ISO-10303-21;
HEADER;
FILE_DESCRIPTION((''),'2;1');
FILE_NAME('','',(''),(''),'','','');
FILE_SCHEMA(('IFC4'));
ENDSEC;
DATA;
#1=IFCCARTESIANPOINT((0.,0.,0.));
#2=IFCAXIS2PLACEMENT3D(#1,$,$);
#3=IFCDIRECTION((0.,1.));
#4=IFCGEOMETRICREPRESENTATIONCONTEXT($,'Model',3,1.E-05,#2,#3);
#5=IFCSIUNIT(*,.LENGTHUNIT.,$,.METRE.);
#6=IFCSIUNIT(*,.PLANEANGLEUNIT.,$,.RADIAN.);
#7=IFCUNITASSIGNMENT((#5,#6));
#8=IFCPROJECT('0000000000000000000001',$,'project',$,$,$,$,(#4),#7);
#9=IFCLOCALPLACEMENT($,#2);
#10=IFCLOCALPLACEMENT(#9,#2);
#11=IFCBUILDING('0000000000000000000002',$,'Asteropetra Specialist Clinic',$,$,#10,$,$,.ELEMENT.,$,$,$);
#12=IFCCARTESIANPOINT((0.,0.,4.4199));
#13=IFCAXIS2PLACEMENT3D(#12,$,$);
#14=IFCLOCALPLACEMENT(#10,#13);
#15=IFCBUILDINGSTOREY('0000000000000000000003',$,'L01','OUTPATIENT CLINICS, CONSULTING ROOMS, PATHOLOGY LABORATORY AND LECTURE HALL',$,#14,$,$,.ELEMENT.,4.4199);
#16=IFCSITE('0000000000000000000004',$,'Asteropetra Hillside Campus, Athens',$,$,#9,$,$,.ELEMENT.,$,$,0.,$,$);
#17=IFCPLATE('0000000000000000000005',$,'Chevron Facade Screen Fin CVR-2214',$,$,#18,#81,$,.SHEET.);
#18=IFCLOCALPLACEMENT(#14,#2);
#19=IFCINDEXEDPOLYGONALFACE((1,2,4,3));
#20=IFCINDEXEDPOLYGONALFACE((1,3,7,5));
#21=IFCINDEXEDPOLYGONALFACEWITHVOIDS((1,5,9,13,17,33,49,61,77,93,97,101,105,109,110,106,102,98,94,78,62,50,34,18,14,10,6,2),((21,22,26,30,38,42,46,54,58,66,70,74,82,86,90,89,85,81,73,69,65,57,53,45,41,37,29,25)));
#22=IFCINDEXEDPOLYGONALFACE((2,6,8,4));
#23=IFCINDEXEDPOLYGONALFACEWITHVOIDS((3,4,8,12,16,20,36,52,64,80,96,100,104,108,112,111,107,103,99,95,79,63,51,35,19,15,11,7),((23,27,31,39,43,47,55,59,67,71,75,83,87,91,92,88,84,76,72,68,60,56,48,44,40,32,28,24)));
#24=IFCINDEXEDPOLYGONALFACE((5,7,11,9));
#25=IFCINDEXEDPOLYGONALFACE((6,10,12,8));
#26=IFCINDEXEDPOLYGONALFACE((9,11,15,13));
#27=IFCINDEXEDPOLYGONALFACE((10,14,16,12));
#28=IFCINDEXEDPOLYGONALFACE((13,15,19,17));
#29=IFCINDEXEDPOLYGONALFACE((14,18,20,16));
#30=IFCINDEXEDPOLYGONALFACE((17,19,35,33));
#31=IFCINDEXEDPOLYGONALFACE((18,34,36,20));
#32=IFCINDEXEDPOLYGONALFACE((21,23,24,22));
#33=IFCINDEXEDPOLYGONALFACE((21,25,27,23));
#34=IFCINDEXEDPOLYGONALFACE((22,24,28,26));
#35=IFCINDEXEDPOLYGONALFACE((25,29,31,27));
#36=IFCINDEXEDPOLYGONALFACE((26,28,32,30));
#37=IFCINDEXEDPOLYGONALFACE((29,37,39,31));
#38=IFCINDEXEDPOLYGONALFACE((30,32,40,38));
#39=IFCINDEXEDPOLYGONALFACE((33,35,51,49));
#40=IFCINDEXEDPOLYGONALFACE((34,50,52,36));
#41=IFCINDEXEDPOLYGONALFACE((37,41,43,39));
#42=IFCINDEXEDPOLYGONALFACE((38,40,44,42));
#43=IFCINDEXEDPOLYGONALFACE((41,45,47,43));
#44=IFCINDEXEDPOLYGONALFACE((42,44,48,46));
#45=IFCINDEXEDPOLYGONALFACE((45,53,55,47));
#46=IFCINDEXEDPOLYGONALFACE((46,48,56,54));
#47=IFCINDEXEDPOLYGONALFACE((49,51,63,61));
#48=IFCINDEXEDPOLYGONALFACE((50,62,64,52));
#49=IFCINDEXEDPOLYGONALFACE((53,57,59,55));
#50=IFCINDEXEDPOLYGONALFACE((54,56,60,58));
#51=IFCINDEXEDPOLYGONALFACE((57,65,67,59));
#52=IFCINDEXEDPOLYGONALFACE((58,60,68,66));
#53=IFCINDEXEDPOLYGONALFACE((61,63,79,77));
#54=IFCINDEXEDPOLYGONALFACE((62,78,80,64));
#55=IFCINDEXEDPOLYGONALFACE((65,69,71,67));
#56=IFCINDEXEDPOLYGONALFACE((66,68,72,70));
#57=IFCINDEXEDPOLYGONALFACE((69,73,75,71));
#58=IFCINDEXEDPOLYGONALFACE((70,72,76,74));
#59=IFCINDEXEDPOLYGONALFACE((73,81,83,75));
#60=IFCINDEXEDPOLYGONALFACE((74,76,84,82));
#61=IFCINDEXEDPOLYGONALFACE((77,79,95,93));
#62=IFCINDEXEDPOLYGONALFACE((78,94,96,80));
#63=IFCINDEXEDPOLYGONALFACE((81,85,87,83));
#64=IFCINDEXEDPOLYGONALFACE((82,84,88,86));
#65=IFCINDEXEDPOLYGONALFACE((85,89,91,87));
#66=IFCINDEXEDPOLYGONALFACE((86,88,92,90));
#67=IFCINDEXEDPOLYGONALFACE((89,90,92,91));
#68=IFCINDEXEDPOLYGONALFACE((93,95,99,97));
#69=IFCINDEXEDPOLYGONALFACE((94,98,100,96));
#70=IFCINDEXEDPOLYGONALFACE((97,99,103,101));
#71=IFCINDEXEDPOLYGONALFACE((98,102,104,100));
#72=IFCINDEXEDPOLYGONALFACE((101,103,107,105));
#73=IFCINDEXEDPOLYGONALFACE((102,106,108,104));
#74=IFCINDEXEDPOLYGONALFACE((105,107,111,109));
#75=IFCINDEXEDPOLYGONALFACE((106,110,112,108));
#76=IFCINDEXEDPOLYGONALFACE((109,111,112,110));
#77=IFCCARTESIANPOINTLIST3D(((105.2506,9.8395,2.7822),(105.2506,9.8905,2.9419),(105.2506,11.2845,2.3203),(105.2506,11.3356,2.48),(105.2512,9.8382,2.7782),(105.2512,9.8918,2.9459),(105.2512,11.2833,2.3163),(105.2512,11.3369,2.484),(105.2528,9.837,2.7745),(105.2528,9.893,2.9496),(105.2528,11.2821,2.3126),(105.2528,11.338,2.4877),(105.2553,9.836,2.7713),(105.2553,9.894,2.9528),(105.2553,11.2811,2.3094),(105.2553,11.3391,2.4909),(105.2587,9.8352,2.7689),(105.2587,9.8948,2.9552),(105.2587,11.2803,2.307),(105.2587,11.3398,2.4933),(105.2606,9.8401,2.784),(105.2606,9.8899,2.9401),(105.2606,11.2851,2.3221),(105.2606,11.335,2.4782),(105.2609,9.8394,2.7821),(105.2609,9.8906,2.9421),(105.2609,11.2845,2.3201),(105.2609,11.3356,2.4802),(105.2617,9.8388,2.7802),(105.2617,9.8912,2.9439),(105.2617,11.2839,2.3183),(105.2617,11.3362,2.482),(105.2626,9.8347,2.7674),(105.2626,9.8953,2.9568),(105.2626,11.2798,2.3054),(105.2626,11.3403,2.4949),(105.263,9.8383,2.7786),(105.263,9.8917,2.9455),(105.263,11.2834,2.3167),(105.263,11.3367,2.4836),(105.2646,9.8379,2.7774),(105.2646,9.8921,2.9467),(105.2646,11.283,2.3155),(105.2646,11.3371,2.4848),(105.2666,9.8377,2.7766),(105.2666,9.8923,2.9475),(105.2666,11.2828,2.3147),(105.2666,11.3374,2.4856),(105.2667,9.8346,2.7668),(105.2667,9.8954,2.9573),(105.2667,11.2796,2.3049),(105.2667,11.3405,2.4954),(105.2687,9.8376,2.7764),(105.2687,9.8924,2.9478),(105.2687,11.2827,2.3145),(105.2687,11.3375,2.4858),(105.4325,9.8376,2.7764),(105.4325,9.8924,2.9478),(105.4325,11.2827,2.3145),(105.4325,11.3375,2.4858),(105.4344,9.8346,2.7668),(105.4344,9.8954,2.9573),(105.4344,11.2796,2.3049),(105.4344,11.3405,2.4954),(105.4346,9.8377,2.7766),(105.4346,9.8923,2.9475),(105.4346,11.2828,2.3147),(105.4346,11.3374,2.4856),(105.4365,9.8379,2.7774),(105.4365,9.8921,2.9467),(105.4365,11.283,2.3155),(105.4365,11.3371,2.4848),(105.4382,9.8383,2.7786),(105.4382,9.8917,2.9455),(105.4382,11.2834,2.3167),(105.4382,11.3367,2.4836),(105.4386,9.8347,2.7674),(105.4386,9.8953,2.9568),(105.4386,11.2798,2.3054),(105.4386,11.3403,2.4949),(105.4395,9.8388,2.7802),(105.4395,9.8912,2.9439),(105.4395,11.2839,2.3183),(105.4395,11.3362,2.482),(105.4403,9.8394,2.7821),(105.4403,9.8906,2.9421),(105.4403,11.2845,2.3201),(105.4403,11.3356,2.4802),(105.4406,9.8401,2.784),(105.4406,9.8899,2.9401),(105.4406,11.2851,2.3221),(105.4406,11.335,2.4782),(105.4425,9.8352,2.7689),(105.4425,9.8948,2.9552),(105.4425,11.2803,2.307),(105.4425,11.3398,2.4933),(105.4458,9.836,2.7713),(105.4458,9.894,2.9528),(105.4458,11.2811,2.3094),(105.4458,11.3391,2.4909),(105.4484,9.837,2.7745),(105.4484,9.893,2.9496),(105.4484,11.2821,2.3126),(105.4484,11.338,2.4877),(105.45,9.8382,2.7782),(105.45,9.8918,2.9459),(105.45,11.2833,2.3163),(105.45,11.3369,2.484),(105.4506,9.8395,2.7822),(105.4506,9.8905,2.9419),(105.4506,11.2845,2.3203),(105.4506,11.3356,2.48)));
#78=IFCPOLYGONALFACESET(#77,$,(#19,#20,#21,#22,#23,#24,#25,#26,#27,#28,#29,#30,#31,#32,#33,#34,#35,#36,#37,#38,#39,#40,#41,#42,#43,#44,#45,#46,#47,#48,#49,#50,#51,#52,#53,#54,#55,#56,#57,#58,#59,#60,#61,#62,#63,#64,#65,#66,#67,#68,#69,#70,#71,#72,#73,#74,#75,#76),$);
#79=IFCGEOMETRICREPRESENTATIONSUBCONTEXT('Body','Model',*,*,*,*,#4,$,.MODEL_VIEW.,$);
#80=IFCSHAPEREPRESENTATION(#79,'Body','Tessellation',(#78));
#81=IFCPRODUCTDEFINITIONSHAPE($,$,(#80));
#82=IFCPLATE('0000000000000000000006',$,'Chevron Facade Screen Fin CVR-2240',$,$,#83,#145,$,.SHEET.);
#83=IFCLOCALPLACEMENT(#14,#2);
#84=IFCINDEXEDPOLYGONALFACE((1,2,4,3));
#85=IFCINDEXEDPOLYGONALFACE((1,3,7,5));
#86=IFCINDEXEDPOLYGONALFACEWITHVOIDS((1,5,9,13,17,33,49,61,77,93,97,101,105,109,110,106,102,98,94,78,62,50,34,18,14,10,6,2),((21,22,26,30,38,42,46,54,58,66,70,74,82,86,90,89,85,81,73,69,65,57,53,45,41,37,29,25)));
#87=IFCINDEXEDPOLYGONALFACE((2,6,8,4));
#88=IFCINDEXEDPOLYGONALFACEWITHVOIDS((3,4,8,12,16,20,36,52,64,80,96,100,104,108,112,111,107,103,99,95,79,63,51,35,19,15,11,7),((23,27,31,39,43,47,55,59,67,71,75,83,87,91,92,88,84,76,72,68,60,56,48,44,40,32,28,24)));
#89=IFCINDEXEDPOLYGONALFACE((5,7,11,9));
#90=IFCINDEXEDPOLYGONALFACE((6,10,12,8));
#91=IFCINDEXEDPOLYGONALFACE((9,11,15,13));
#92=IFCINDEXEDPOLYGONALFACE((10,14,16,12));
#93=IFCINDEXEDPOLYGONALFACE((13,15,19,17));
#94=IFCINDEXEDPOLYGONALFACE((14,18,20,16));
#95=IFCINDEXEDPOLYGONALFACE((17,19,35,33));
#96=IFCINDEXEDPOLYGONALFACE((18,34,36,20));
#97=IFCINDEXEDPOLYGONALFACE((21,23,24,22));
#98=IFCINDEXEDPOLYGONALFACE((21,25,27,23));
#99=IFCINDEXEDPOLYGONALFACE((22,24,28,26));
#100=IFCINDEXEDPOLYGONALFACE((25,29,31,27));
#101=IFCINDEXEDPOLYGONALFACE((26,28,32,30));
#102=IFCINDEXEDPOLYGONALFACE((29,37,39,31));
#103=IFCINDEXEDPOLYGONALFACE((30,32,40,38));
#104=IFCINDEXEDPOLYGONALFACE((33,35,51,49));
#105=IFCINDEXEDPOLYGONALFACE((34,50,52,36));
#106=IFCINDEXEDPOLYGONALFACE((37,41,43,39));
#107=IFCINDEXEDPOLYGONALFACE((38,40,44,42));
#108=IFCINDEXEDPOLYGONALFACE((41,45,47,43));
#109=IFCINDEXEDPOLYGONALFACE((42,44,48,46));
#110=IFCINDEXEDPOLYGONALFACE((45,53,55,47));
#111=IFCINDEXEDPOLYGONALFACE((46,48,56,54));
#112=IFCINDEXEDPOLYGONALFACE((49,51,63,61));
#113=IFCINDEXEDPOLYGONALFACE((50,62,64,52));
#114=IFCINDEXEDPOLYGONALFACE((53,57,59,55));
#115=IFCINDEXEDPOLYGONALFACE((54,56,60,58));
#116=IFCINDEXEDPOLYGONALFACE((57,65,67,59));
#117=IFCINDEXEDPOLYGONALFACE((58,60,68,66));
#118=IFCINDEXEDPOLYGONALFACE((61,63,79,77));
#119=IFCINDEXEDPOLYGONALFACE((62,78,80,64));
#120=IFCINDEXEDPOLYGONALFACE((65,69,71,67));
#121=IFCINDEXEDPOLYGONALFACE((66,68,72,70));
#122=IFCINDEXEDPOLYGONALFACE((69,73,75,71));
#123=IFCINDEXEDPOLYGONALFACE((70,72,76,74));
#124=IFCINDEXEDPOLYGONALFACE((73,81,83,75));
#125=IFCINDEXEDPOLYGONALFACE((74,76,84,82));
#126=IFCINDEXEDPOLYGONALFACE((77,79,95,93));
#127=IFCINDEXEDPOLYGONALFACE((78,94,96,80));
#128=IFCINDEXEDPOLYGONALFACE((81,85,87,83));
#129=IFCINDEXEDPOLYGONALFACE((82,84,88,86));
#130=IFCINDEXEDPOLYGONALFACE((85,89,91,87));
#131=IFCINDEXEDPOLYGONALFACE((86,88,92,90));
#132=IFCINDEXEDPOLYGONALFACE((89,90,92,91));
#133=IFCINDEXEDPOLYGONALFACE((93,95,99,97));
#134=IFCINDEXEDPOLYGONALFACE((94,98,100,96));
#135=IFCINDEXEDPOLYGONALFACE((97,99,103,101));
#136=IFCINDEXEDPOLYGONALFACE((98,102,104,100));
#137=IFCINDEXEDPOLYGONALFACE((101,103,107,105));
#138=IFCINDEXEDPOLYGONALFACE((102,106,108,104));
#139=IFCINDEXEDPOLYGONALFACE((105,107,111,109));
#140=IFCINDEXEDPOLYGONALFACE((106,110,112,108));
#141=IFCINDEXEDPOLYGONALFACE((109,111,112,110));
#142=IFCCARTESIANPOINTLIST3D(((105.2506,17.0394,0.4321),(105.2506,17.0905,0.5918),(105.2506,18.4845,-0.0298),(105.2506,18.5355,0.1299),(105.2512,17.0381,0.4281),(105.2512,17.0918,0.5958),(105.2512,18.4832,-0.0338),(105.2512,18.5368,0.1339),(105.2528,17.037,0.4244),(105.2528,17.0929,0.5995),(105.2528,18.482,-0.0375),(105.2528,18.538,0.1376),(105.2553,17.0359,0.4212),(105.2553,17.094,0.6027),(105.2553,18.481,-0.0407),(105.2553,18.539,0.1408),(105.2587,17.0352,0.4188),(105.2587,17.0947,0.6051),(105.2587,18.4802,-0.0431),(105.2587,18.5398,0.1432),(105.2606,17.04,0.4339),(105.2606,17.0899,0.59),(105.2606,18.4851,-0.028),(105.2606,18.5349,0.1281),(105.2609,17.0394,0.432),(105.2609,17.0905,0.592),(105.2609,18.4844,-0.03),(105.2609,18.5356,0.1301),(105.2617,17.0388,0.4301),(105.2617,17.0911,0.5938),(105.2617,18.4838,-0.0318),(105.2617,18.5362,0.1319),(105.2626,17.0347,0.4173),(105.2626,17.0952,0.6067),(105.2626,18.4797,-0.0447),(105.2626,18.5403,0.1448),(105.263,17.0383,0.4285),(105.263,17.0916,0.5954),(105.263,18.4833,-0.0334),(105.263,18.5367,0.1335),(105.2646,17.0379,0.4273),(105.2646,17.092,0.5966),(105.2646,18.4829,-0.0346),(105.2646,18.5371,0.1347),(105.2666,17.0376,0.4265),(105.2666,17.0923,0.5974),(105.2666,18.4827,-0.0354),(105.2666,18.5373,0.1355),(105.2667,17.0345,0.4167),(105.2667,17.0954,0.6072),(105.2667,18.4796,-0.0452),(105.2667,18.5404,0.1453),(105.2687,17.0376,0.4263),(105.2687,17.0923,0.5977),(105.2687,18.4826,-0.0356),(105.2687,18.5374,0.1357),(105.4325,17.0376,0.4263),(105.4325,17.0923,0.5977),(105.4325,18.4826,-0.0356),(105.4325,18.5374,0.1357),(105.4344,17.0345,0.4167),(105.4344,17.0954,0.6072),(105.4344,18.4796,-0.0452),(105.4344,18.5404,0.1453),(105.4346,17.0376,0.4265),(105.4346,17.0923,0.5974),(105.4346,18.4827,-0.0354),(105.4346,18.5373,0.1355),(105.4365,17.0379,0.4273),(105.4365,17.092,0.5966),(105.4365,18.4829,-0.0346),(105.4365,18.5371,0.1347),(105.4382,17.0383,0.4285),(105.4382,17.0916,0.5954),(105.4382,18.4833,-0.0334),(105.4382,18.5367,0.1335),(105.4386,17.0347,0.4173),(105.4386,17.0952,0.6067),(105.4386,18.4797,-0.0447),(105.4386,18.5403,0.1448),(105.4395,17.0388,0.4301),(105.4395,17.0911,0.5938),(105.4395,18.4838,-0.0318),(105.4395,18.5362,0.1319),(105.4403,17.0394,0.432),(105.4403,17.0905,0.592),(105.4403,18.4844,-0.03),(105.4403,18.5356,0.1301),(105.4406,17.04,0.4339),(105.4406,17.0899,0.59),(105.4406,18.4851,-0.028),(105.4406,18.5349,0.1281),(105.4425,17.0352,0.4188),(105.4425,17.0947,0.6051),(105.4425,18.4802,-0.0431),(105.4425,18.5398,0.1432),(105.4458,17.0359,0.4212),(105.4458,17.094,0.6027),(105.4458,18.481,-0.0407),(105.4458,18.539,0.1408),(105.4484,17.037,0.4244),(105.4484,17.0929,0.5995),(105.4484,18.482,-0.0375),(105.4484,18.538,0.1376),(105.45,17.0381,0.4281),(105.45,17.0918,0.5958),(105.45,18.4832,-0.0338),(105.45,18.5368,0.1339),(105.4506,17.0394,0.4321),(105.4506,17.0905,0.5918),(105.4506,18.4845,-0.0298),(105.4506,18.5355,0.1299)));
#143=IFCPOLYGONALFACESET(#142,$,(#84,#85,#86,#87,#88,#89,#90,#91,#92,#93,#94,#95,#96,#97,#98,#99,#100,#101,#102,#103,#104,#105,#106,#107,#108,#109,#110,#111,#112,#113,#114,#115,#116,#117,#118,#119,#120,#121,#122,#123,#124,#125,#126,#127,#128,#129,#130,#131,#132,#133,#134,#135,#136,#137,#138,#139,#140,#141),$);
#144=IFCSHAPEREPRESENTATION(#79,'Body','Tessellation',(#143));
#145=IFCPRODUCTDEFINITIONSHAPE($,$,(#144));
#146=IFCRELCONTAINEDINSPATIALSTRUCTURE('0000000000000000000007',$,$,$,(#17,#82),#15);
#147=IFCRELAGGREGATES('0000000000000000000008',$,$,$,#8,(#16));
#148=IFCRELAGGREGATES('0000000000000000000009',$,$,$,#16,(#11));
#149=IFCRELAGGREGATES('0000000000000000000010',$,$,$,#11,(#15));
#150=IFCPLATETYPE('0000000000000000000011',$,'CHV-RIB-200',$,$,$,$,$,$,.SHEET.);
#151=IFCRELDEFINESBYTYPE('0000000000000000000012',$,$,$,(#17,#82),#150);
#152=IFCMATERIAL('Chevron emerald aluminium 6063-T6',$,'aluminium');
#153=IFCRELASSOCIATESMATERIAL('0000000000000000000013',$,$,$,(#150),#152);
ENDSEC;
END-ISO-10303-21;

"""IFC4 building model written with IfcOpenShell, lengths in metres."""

from ifc_helpers import new_model, si_unit, direction, frame, origin, origin_2d, place, context, subcontext, project, spatial, hollow_rectangle, extrude, material, material_profile, profile_set, type_object, element, save


model = new_model("IFC4")

# Units and contexts
model_context = context("Model", 3, precision=1e-05, world=origin(), true_north=direction((0.0, 1.0)))
body_context = subcontext(model_context, "Body", "Model", "MODEL_VIEW")
ifc_project = project(units=[si_unit("LENGTHUNIT", "METRE"), si_unit("PLANEANGLEUNIT", "RADIAN")], contexts=[model_context])

# Site, building, storey
site_placement = place(None, origin())
site = spatial("IfcSite", under=ifc_project, at=site_placement, Name="Asteropetra Hillside Campus, Athens", CompositionType="ELEMENT", RefElevation=0.0)
building_placement = place(site_placement, origin())
building = spatial("IfcBuilding", under=site, at=building_placement, Name="Asteropetra Specialist Clinic", CompositionType="ELEMENT")
storey_placement = place(building_placement, frame((0.0, 0.0, 4.4199)))
storey = spatial("IfcBuildingStorey", under=building, at=storey_placement, Name="L01", Description="OUTPATIENT CLINICS, CONSULTING ROOMS, PATHOLOGY LABORATORY AND LECTURE HALL", CompositionType="ELEMENT", Elevation=4.4199)

# Plates
ifc_material_1 = material(Name="Chevron emerald aluminium 6063-T6", Category="aluminium")
ifc_material_profile = material_profile(ifc_material_1, hollow_rectangle(XDim=0.2, YDim=0.2, WallThickness=0.01, InnerFilletRadius=0.0081, OuterFilletRadius=0.0161, at=origin_2d()), Name="SHS 200x200x10.0")
ifc_profile_set = profile_set([ifc_material_profile], Name="Chevron emerald aluminium 6063-T6")
plate_type = type_object("IfcPlateType", Name="CHV-RIB-200", PredefinedType="SHEET", material=ifc_profile_set)
for number, where, z_axis, x_axis, name in (
    (1, (105.3506, 11.3101, 2.4001), (0.0, -0.952521, 0.304472), (1.0, 0.0, 0.0), "Chevron Facade Screen Fin CVR-2214"),
    (2, (105.3506, 18.51, 0.05), (0.0, -0.952521, 0.304472), (1.0, 0.0, 0.0), "Chevron Facade Screen Fin CVR-2240"),
):
    element("IfcPlate", number, at=place(storey_placement, frame(where, z_axis=z_axis, x_axis=x_axis)), inside=storey, type_object=plate_type, Name=name, PredefinedType="SHEET", context=body_context, shape_type="SweptSolid", body=[
        extrude(hollow_rectangle(XDim=0.2, YDim=0.2, WallThickness=0.01, InnerFilletRadius=0.0081, OuterFilletRadius=0.0161, at=origin_2d()), origin(), (0.0, 0.0, 1.0), 1.5171),
    ])

save(model, "model.ifc")
